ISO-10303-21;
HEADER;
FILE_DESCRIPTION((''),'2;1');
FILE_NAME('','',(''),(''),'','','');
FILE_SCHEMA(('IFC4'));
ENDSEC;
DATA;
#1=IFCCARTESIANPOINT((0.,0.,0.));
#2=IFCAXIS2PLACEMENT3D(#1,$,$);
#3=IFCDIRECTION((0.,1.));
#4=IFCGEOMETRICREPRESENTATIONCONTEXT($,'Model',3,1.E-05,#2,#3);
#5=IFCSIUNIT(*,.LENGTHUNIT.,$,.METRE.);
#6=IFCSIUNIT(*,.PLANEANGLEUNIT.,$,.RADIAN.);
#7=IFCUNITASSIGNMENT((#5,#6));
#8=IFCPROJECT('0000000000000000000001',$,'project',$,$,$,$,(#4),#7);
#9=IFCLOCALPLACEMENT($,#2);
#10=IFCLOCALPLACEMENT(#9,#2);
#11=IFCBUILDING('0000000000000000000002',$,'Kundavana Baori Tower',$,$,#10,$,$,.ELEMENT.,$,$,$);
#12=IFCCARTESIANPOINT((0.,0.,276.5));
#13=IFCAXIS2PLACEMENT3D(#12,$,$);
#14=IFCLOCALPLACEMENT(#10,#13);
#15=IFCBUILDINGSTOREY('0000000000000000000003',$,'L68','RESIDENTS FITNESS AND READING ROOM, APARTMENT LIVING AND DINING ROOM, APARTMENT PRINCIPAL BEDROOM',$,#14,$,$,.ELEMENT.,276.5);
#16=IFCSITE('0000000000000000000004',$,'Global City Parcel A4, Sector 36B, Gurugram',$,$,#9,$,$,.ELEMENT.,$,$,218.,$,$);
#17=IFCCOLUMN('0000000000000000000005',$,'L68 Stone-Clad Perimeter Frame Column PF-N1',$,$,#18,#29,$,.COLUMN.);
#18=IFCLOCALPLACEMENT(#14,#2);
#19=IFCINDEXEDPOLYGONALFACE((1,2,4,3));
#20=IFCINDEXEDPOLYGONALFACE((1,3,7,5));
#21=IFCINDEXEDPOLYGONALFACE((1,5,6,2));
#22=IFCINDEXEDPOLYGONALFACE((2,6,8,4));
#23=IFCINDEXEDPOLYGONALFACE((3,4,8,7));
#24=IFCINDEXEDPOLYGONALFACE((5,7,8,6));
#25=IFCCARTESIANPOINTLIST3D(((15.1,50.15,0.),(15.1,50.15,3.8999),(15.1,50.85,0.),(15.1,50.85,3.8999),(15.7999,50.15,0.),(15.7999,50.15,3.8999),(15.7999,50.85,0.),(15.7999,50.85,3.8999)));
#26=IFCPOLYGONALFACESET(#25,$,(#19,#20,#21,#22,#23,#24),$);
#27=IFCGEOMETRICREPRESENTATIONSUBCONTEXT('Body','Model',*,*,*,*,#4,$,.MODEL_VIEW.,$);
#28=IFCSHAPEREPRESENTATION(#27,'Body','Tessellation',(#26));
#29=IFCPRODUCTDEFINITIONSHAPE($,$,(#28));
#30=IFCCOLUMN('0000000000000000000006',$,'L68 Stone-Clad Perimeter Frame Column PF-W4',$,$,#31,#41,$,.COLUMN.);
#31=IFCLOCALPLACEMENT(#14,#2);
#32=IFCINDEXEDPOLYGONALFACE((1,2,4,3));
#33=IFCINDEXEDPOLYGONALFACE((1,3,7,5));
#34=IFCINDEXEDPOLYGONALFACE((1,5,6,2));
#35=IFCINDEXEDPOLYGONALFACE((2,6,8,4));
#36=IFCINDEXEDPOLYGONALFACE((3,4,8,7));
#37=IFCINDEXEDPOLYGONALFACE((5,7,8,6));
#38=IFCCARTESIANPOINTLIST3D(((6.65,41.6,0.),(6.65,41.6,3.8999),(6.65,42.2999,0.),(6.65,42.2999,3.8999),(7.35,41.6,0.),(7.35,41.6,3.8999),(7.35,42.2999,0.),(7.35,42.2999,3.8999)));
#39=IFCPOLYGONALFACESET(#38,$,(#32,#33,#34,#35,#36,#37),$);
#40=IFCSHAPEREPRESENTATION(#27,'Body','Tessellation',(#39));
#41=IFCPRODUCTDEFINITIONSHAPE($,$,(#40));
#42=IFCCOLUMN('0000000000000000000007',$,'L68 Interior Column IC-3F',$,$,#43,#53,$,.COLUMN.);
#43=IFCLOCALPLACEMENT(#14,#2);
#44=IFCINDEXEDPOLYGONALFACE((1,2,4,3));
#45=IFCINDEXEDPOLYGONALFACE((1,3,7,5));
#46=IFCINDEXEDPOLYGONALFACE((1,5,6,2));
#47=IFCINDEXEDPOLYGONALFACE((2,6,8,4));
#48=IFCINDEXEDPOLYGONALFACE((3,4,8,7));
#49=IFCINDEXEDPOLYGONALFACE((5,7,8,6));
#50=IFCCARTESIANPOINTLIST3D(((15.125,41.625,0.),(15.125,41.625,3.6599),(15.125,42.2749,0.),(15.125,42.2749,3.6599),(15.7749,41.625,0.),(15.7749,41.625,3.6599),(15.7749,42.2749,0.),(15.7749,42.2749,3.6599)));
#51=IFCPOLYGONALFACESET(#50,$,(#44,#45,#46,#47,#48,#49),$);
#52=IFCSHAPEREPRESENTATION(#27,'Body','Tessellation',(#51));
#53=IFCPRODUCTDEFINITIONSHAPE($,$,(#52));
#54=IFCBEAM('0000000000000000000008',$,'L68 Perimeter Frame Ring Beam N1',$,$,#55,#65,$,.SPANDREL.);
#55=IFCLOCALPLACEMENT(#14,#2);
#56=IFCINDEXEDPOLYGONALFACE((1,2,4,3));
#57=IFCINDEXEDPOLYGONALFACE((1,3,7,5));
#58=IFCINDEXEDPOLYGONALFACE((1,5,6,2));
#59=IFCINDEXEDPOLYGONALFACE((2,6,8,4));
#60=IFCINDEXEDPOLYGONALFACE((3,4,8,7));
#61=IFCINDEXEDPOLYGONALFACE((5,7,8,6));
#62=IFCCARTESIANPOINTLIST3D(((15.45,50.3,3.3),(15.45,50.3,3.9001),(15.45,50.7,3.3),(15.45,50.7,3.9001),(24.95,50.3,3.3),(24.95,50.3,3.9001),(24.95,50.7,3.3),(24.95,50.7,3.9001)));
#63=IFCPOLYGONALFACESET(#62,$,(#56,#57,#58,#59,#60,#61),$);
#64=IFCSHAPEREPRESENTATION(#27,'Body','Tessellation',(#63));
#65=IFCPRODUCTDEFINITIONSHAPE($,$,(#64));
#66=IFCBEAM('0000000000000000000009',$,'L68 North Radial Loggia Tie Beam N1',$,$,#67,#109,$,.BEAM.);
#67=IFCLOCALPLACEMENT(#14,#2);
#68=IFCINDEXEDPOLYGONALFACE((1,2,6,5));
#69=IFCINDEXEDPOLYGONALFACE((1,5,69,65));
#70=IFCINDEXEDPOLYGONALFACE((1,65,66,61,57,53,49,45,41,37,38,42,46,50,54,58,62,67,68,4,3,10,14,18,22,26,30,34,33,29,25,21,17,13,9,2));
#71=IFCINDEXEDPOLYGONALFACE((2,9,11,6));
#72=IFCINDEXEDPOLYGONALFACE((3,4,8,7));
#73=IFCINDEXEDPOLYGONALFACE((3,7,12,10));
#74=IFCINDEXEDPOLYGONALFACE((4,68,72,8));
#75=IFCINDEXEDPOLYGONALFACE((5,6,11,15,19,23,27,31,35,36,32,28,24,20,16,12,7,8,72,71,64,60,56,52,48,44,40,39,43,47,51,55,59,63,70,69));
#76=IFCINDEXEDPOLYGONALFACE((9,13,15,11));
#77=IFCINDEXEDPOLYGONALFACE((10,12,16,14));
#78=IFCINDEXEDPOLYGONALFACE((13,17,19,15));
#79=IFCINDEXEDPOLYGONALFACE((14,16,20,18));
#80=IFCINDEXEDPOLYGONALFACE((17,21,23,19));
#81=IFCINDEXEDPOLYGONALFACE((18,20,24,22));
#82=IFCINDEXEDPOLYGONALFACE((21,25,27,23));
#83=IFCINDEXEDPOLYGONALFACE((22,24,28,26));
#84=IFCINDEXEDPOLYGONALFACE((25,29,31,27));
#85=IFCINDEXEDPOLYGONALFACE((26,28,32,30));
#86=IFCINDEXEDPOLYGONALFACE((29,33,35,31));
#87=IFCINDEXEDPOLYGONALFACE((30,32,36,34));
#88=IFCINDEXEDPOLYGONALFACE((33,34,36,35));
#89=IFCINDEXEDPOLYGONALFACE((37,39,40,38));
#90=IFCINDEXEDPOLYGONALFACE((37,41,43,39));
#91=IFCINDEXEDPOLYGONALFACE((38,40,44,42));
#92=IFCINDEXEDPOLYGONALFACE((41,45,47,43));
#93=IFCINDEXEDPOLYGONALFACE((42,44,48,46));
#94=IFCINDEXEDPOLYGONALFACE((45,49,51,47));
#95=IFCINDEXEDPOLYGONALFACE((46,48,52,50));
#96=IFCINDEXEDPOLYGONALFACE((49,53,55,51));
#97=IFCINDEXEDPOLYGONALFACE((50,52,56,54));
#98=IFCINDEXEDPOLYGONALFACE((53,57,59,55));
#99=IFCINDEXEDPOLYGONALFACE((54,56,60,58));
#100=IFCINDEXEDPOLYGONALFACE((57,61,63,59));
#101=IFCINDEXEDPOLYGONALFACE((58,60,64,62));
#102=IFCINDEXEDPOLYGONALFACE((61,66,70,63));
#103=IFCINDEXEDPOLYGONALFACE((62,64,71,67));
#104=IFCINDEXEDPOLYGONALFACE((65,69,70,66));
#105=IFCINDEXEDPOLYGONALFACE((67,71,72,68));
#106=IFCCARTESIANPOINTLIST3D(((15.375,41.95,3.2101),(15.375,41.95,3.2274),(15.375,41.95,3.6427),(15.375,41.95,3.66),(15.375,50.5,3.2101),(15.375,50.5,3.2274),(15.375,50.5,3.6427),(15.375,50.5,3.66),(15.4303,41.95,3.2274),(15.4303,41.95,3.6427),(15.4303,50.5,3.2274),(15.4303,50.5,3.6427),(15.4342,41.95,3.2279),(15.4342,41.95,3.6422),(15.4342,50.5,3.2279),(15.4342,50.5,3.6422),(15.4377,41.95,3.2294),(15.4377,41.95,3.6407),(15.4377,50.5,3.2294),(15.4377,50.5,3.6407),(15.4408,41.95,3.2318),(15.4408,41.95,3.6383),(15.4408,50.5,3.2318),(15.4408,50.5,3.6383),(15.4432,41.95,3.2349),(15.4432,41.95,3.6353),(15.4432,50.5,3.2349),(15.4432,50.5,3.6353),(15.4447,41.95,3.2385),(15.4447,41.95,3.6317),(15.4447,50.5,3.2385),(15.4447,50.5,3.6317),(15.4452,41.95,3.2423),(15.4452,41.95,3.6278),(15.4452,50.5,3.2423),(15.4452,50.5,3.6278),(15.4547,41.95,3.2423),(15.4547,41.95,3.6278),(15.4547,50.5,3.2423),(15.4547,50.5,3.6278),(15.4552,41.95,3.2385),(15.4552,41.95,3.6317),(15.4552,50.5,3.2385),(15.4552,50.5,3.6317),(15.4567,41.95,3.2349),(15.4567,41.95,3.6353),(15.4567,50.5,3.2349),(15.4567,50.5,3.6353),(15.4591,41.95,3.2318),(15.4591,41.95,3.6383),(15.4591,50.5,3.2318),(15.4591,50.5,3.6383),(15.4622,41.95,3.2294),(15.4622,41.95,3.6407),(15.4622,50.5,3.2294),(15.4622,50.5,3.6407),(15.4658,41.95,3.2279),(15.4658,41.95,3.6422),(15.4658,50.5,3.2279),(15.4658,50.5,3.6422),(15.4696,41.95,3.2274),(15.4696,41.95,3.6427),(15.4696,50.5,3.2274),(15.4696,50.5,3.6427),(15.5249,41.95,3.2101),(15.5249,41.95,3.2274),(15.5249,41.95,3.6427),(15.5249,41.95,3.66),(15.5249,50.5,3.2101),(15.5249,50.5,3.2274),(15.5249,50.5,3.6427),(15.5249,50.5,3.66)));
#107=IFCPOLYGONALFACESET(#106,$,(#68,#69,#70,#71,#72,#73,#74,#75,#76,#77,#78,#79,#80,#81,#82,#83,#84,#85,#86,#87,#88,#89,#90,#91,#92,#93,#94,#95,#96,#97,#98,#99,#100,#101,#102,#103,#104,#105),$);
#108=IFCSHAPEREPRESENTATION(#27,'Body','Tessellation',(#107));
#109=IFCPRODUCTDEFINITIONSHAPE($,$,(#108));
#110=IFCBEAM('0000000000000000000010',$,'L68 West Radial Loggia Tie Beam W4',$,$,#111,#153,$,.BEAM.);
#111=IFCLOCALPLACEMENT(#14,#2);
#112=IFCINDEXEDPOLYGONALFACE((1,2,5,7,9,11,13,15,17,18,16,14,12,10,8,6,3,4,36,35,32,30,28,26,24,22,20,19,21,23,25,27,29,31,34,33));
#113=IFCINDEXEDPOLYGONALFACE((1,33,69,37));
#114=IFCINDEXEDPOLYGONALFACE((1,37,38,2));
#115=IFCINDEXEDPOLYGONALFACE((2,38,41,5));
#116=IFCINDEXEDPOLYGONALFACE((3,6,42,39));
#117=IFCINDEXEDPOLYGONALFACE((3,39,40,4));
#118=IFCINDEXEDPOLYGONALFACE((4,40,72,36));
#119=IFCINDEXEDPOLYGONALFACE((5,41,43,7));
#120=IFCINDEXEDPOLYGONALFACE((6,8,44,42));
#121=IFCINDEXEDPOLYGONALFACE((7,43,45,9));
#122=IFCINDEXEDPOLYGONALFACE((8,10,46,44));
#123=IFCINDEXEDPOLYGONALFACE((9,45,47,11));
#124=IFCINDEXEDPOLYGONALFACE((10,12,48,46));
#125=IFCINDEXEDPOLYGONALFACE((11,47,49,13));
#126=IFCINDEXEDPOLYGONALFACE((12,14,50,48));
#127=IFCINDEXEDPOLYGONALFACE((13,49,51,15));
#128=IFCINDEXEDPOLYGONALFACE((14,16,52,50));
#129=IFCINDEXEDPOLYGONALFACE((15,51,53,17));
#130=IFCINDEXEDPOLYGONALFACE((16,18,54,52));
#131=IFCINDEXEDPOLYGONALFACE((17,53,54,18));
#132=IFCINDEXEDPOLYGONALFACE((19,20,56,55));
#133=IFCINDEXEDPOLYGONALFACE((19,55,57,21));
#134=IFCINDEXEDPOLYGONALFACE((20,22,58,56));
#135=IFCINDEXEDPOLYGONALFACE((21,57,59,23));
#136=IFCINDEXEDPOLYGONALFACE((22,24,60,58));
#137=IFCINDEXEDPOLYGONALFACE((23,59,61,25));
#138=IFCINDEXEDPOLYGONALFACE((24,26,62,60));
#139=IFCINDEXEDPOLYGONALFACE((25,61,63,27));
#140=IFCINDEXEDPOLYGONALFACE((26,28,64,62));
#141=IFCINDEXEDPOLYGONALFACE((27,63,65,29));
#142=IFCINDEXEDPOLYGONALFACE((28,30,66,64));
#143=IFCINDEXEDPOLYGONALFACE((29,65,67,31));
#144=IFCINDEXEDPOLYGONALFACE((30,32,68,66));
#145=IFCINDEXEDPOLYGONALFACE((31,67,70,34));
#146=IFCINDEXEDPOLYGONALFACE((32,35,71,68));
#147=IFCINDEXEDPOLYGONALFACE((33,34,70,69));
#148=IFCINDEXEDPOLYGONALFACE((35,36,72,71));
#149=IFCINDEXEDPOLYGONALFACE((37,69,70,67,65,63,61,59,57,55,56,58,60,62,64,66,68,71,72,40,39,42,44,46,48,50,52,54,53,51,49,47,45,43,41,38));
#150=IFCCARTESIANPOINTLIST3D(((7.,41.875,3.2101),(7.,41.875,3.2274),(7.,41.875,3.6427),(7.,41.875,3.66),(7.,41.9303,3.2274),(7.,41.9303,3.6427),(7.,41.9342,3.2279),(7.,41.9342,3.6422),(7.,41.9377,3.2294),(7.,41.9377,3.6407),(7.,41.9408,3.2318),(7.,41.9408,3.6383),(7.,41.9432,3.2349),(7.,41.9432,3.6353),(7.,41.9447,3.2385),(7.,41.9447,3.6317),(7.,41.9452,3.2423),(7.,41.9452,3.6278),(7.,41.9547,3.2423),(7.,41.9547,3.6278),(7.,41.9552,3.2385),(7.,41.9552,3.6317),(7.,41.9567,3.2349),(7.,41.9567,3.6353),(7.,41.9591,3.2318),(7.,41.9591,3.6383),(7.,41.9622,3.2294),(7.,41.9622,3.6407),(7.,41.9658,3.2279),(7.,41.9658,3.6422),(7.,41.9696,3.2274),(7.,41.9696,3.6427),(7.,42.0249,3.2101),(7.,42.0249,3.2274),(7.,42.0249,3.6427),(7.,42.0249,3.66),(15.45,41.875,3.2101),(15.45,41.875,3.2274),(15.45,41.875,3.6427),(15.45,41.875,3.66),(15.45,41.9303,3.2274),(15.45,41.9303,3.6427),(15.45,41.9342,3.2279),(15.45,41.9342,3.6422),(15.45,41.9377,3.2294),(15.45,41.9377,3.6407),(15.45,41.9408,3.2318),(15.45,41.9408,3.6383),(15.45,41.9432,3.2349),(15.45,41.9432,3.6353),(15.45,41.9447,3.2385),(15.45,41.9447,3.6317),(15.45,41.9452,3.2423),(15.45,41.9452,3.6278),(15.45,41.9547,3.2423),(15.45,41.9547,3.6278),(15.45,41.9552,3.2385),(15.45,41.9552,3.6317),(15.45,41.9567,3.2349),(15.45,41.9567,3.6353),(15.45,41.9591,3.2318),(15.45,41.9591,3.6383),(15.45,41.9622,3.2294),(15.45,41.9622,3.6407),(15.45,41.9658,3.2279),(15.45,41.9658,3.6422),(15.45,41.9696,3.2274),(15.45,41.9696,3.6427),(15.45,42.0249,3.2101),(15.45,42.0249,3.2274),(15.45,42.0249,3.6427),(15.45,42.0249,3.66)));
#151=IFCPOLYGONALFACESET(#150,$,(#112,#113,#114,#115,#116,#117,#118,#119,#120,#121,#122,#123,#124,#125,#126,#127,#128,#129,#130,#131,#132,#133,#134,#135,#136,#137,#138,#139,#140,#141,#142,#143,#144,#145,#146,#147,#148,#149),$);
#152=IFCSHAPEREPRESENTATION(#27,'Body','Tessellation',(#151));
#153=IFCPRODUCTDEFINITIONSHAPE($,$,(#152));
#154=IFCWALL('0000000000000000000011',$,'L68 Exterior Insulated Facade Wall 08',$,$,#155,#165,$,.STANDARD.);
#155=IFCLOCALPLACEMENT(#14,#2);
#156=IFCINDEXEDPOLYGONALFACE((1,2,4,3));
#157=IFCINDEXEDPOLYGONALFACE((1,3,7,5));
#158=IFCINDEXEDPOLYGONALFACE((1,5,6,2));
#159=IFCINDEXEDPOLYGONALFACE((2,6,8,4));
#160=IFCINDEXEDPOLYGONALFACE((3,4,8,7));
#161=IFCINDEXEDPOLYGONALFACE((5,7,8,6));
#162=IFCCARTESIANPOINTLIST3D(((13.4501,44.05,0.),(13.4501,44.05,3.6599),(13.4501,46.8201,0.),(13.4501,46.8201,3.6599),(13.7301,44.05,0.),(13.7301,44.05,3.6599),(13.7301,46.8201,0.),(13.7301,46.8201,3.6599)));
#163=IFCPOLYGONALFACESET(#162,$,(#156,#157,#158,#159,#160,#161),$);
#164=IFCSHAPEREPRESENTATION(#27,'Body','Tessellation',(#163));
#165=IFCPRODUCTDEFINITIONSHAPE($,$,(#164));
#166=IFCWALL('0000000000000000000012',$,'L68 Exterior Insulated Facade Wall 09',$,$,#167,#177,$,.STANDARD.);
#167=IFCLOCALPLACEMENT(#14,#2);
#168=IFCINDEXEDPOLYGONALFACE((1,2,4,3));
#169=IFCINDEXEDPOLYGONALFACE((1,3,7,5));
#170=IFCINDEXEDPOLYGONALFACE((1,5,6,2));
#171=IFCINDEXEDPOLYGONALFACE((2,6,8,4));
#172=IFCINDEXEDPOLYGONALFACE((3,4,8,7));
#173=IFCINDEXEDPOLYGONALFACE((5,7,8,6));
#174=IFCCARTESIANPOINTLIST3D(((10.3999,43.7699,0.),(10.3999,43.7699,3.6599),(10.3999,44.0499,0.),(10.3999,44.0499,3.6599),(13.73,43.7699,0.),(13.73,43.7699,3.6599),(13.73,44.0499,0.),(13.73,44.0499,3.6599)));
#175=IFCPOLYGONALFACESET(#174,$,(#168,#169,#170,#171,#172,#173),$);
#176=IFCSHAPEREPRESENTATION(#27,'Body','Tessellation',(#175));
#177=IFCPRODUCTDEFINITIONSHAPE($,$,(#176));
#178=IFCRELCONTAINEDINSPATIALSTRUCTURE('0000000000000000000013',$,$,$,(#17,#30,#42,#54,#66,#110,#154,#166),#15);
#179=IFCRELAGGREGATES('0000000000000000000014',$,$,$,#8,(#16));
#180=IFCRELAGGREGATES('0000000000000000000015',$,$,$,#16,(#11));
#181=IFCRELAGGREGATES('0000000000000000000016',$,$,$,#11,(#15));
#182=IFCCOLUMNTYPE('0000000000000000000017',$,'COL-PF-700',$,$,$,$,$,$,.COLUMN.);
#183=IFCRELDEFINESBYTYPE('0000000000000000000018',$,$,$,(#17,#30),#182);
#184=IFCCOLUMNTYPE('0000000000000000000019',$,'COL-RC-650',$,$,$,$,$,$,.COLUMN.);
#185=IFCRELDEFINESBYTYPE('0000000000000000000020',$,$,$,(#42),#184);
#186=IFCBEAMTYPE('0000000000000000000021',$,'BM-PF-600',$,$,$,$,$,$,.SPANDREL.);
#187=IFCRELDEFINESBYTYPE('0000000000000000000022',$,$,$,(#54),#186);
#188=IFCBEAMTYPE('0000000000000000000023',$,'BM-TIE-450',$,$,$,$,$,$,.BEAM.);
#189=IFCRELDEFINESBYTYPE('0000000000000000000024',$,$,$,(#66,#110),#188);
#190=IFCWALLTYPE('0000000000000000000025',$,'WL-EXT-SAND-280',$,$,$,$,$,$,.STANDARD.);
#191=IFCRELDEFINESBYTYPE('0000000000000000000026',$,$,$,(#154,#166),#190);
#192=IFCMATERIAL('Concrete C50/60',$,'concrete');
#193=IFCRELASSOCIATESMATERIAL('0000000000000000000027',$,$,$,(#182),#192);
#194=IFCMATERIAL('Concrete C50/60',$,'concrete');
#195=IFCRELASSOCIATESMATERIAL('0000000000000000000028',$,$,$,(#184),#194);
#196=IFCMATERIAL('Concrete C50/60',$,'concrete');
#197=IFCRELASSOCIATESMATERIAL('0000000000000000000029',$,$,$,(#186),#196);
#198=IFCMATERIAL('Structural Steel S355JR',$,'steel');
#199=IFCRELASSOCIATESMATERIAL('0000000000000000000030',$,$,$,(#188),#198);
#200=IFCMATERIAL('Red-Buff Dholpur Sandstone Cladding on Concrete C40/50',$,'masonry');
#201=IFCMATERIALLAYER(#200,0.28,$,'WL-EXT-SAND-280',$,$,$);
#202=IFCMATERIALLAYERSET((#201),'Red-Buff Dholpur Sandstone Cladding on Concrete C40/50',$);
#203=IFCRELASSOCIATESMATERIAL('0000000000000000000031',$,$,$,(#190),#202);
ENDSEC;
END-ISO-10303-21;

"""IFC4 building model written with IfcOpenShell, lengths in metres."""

from ifc_helpers import new_model, si_unit, direction, frame, frame_2d, origin, origin_2d, place, context, subcontext, project, spatial, rectangle, i_section, extrude, material, layer, layer_set, material_profile, profile_set, type_object, element, save


model = new_model("IFC4")

# Units and contexts
model_context = context("Model", 3, precision=1e-05, world=origin(), true_north=direction((0.0, 1.0)))
body_context = subcontext(model_context, "Body", "Model", "MODEL_VIEW")
ifc_project = project(units=[si_unit("LENGTHUNIT", "METRE"), si_unit("PLANEANGLEUNIT", "RADIAN")], contexts=[model_context])

# Site, building, storey
site_placement = place(None, origin())
site = spatial("IfcSite", under=ifc_project, at=site_placement, Name="Global City Parcel A4, Sector 36B, Gurugram", CompositionType="ELEMENT", RefElevation=218.0)
building_placement = place(site_placement, origin())
building = spatial("IfcBuilding", under=site, at=building_placement, Name="Kundavana Baori Tower", CompositionType="ELEMENT")
storey_placement = place(building_placement, frame((0.0, 0.0, 276.5)))
storey = spatial("IfcBuildingStorey", under=building, at=storey_placement, Name="L68", Description="RESIDENTS FITNESS AND READING ROOM, APARTMENT LIVING AND DINING ROOM, APARTMENT PRINCIPAL BEDROOM", CompositionType="ELEMENT", Elevation=276.5)

# Columns
ifc_material_1 = material(Name="Concrete C50/60", Category="concrete")
ifc_material_profile_1 = material_profile(ifc_material_1, rectangle(XDim=0.7, YDim=0.7, at=origin_2d()), Name="RC PF 700x700")
ifc_profile_set_1 = profile_set([ifc_material_profile_1], Name="Concrete C50/60")
column_type_1 = type_object("IfcColumnType", Name="COL-PF-700", PredefinedType="COLUMN", material=ifc_profile_set_1)
for number, where, z_axis, x_axis, name in (
    (1, (15.45, 50.5, 0.0), (0.0, 0.0, 1.0), (1.0, 0.0, 0.0), "L68 Stone-Clad Perimeter Frame Column PF-N1"),
    (2, (7.0, 41.95, 0.0), (0.0, 0.0, 1.0), (1.0, 0.0, 0.0), "L68 Stone-Clad Perimeter Frame Column PF-W4"),
):
    element("IfcColumn", number, at=place(storey_placement, frame(where, z_axis=z_axis, x_axis=x_axis)), inside=storey, type_object=column_type_1, Name=name, PredefinedType="COLUMN", context=body_context, shape_type="SweptSolid", body=[
        extrude(rectangle(XDim=0.7, YDim=0.7, at=origin_2d()), origin(), (0.0, 0.0, 1.0), 3.8999),
    ])
ifc_material_2 = material(Name="Concrete C50/60", Category="concrete")
ifc_material_profile_2 = material_profile(ifc_material_2, rectangle(XDim=0.6499, YDim=0.6499, at=origin_2d()), Name="RC 650x650")
ifc_profile_set_2 = profile_set([ifc_material_profile_2], Name="Concrete C50/60")
column_type_2 = type_object("IfcColumnType", Name="COL-RC-650", PredefinedType="COLUMN", material=ifc_profile_set_2)
column_placement = place(storey_placement, frame((15.45, 41.95, 0.0), z_axis=(0.0, 0.0, 1.0), x_axis=(1.0, 0.0, 0.0)))
element("IfcColumn", 3, at=column_placement, inside=storey, type_object=column_type_2, Name="L68 Interior Column IC-3F", PredefinedType="COLUMN", context=body_context, shape_type="SweptSolid", body=[
    extrude(rectangle(XDim=0.6499, YDim=0.6499, at=origin_2d()), origin(), (0.0, 0.0, 1.0), 3.6599),
])

# Beams
ifc_material_3 = material(Name="Concrete C50/60", Category="concrete")
ifc_material_profile_3 = material_profile(ifc_material_3, rectangle(XDim=0.3999, YDim=0.6001, at=origin_2d()), Name="RC BM 400x600")
ifc_profile_set_3 = profile_set([ifc_material_profile_3], Name="Concrete C50/60")
beam_type_1 = type_object("IfcBeamType", Name="BM-PF-600", PredefinedType="SPANDREL", material=ifc_profile_set_3)
beam_1_placement = place(storey_placement, frame((15.45, 50.5, 3.6001), z_axis=(1.0, 0.0, 0.0), x_axis=(0.0, 1.0, 0.0)))
element("IfcBeam", 4, at=beam_1_placement, inside=storey, type_object=beam_type_1, Name="L68 Perimeter Frame Ring Beam N1", PredefinedType="SPANDREL", context=body_context, shape_type="SweptSolid", body=[
    extrude(rectangle(XDim=0.3999, YDim=0.6001, at=origin_2d()), origin(), (0.0, 0.0, 1.0), 9.5),
])
ifc_material_4 = material(Name="Structural Steel S355JR", Category="steel")
ifc_material_profile_4 = material_profile(ifc_material_4, i_section(OverallWidth=0.1499, OverallDepth=0.45, WebThickness=0.0095, FlangeThickness=0.0173, FilletRadius=0.0149, at=origin_2d()), Name="ISMB 450")
ifc_profile_set_4 = profile_set([ifc_material_profile_4], Name="Structural Steel S355JR")
beam_type_2 = type_object("IfcBeamType", Name="BM-TIE-450", PredefinedType="BEAM", material=ifc_profile_set_4)
beam_2_placement = place(storey_placement, frame((15.45, 41.95, 3.4351), z_axis=(0.0, 1.0, 0.0), x_axis=(-1.0, 0.0, 0.0)))
element("IfcBeam", 5, at=beam_2_placement, inside=storey, type_object=beam_type_2, Name="L68 North Radial Loggia Tie Beam N1", PredefinedType="BEAM", context=body_context, shape_type="SweptSolid", body=[
    extrude(i_section(OverallWidth=0.1499, OverallDepth=0.45, WebThickness=0.0095, FlangeThickness=0.0173, FilletRadius=0.0149, at=origin_2d()), origin(), (0.0, 0.0, 1.0), 8.55),
])
beam_3_placement = place(storey_placement, frame((15.45, 41.95, 3.4351), z_axis=(-1.0, 0.0, 0.0), x_axis=(0.0, -1.0, 0.0)))
element("IfcBeam", 6, at=beam_3_placement, inside=storey, type_object=beam_type_2, Name="L68 West Radial Loggia Tie Beam W4", PredefinedType="BEAM", context=body_context, shape_type="SweptSolid", body=[
    extrude(i_section(OverallWidth=0.1499, OverallDepth=0.45, WebThickness=0.0095, FlangeThickness=0.0173, FilletRadius=0.0149, at=origin_2d()), origin(), (0.0, 0.0, 1.0), 8.45),
])

# Walls
ifc_material_5 = material(Name="Red-Buff Dholpur Sandstone Cladding on Concrete C40/50", Category="masonry")
ifc_layer_1 = layer(ifc_material_5, 0.28, Name="WL-EXT-SAND-280")
ifc_layer_set_1 = layer_set([ifc_layer_1], Name="Red-Buff Dholpur Sandstone Cladding on Concrete C40/50")
wall_type_1 = type_object("IfcWallType", Name="WL-EXT-SAND-280", PredefinedType="STANDARD", material=ifc_layer_set_1)
wall_1_placement = place(storey_placement, frame((13.5901, 46.8201, 0.0), z_axis=(0.0, 0.0, 1.0), x_axis=(0.0, -1.0, 0.0)))
element("IfcWall", 7, at=wall_1_placement, inside=storey, type_object=wall_type_1, Name="L68 Exterior Insulated Facade Wall 08", PredefinedType="STANDARD", context=body_context, shape_type="SweptSolid", body=[
    extrude(rectangle(XDim=2.77, YDim=0.28, at=frame_2d((1.385, 0.0))), origin(), (0.0, 0.0, 1.0), 3.6599),
])
wall_2_placement = place(storey_placement, frame((13.73, 43.9099, 0.0), z_axis=(0.0, 0.0, 1.0), x_axis=(-1.0, 0.0, 0.0)))
element("IfcWall", 8, at=wall_2_placement, inside=storey, type_object=wall_type_1, Name="L68 Exterior Insulated Facade Wall 09", PredefinedType="STANDARD", context=body_context, shape_type="SweptSolid", body=[
    extrude(rectangle(XDim=3.3301, YDim=0.28, at=frame_2d((1.665, 0.0))), origin(), (0.0, 0.0, 1.0), 3.6599),
])

save(model, "model.ifc")
